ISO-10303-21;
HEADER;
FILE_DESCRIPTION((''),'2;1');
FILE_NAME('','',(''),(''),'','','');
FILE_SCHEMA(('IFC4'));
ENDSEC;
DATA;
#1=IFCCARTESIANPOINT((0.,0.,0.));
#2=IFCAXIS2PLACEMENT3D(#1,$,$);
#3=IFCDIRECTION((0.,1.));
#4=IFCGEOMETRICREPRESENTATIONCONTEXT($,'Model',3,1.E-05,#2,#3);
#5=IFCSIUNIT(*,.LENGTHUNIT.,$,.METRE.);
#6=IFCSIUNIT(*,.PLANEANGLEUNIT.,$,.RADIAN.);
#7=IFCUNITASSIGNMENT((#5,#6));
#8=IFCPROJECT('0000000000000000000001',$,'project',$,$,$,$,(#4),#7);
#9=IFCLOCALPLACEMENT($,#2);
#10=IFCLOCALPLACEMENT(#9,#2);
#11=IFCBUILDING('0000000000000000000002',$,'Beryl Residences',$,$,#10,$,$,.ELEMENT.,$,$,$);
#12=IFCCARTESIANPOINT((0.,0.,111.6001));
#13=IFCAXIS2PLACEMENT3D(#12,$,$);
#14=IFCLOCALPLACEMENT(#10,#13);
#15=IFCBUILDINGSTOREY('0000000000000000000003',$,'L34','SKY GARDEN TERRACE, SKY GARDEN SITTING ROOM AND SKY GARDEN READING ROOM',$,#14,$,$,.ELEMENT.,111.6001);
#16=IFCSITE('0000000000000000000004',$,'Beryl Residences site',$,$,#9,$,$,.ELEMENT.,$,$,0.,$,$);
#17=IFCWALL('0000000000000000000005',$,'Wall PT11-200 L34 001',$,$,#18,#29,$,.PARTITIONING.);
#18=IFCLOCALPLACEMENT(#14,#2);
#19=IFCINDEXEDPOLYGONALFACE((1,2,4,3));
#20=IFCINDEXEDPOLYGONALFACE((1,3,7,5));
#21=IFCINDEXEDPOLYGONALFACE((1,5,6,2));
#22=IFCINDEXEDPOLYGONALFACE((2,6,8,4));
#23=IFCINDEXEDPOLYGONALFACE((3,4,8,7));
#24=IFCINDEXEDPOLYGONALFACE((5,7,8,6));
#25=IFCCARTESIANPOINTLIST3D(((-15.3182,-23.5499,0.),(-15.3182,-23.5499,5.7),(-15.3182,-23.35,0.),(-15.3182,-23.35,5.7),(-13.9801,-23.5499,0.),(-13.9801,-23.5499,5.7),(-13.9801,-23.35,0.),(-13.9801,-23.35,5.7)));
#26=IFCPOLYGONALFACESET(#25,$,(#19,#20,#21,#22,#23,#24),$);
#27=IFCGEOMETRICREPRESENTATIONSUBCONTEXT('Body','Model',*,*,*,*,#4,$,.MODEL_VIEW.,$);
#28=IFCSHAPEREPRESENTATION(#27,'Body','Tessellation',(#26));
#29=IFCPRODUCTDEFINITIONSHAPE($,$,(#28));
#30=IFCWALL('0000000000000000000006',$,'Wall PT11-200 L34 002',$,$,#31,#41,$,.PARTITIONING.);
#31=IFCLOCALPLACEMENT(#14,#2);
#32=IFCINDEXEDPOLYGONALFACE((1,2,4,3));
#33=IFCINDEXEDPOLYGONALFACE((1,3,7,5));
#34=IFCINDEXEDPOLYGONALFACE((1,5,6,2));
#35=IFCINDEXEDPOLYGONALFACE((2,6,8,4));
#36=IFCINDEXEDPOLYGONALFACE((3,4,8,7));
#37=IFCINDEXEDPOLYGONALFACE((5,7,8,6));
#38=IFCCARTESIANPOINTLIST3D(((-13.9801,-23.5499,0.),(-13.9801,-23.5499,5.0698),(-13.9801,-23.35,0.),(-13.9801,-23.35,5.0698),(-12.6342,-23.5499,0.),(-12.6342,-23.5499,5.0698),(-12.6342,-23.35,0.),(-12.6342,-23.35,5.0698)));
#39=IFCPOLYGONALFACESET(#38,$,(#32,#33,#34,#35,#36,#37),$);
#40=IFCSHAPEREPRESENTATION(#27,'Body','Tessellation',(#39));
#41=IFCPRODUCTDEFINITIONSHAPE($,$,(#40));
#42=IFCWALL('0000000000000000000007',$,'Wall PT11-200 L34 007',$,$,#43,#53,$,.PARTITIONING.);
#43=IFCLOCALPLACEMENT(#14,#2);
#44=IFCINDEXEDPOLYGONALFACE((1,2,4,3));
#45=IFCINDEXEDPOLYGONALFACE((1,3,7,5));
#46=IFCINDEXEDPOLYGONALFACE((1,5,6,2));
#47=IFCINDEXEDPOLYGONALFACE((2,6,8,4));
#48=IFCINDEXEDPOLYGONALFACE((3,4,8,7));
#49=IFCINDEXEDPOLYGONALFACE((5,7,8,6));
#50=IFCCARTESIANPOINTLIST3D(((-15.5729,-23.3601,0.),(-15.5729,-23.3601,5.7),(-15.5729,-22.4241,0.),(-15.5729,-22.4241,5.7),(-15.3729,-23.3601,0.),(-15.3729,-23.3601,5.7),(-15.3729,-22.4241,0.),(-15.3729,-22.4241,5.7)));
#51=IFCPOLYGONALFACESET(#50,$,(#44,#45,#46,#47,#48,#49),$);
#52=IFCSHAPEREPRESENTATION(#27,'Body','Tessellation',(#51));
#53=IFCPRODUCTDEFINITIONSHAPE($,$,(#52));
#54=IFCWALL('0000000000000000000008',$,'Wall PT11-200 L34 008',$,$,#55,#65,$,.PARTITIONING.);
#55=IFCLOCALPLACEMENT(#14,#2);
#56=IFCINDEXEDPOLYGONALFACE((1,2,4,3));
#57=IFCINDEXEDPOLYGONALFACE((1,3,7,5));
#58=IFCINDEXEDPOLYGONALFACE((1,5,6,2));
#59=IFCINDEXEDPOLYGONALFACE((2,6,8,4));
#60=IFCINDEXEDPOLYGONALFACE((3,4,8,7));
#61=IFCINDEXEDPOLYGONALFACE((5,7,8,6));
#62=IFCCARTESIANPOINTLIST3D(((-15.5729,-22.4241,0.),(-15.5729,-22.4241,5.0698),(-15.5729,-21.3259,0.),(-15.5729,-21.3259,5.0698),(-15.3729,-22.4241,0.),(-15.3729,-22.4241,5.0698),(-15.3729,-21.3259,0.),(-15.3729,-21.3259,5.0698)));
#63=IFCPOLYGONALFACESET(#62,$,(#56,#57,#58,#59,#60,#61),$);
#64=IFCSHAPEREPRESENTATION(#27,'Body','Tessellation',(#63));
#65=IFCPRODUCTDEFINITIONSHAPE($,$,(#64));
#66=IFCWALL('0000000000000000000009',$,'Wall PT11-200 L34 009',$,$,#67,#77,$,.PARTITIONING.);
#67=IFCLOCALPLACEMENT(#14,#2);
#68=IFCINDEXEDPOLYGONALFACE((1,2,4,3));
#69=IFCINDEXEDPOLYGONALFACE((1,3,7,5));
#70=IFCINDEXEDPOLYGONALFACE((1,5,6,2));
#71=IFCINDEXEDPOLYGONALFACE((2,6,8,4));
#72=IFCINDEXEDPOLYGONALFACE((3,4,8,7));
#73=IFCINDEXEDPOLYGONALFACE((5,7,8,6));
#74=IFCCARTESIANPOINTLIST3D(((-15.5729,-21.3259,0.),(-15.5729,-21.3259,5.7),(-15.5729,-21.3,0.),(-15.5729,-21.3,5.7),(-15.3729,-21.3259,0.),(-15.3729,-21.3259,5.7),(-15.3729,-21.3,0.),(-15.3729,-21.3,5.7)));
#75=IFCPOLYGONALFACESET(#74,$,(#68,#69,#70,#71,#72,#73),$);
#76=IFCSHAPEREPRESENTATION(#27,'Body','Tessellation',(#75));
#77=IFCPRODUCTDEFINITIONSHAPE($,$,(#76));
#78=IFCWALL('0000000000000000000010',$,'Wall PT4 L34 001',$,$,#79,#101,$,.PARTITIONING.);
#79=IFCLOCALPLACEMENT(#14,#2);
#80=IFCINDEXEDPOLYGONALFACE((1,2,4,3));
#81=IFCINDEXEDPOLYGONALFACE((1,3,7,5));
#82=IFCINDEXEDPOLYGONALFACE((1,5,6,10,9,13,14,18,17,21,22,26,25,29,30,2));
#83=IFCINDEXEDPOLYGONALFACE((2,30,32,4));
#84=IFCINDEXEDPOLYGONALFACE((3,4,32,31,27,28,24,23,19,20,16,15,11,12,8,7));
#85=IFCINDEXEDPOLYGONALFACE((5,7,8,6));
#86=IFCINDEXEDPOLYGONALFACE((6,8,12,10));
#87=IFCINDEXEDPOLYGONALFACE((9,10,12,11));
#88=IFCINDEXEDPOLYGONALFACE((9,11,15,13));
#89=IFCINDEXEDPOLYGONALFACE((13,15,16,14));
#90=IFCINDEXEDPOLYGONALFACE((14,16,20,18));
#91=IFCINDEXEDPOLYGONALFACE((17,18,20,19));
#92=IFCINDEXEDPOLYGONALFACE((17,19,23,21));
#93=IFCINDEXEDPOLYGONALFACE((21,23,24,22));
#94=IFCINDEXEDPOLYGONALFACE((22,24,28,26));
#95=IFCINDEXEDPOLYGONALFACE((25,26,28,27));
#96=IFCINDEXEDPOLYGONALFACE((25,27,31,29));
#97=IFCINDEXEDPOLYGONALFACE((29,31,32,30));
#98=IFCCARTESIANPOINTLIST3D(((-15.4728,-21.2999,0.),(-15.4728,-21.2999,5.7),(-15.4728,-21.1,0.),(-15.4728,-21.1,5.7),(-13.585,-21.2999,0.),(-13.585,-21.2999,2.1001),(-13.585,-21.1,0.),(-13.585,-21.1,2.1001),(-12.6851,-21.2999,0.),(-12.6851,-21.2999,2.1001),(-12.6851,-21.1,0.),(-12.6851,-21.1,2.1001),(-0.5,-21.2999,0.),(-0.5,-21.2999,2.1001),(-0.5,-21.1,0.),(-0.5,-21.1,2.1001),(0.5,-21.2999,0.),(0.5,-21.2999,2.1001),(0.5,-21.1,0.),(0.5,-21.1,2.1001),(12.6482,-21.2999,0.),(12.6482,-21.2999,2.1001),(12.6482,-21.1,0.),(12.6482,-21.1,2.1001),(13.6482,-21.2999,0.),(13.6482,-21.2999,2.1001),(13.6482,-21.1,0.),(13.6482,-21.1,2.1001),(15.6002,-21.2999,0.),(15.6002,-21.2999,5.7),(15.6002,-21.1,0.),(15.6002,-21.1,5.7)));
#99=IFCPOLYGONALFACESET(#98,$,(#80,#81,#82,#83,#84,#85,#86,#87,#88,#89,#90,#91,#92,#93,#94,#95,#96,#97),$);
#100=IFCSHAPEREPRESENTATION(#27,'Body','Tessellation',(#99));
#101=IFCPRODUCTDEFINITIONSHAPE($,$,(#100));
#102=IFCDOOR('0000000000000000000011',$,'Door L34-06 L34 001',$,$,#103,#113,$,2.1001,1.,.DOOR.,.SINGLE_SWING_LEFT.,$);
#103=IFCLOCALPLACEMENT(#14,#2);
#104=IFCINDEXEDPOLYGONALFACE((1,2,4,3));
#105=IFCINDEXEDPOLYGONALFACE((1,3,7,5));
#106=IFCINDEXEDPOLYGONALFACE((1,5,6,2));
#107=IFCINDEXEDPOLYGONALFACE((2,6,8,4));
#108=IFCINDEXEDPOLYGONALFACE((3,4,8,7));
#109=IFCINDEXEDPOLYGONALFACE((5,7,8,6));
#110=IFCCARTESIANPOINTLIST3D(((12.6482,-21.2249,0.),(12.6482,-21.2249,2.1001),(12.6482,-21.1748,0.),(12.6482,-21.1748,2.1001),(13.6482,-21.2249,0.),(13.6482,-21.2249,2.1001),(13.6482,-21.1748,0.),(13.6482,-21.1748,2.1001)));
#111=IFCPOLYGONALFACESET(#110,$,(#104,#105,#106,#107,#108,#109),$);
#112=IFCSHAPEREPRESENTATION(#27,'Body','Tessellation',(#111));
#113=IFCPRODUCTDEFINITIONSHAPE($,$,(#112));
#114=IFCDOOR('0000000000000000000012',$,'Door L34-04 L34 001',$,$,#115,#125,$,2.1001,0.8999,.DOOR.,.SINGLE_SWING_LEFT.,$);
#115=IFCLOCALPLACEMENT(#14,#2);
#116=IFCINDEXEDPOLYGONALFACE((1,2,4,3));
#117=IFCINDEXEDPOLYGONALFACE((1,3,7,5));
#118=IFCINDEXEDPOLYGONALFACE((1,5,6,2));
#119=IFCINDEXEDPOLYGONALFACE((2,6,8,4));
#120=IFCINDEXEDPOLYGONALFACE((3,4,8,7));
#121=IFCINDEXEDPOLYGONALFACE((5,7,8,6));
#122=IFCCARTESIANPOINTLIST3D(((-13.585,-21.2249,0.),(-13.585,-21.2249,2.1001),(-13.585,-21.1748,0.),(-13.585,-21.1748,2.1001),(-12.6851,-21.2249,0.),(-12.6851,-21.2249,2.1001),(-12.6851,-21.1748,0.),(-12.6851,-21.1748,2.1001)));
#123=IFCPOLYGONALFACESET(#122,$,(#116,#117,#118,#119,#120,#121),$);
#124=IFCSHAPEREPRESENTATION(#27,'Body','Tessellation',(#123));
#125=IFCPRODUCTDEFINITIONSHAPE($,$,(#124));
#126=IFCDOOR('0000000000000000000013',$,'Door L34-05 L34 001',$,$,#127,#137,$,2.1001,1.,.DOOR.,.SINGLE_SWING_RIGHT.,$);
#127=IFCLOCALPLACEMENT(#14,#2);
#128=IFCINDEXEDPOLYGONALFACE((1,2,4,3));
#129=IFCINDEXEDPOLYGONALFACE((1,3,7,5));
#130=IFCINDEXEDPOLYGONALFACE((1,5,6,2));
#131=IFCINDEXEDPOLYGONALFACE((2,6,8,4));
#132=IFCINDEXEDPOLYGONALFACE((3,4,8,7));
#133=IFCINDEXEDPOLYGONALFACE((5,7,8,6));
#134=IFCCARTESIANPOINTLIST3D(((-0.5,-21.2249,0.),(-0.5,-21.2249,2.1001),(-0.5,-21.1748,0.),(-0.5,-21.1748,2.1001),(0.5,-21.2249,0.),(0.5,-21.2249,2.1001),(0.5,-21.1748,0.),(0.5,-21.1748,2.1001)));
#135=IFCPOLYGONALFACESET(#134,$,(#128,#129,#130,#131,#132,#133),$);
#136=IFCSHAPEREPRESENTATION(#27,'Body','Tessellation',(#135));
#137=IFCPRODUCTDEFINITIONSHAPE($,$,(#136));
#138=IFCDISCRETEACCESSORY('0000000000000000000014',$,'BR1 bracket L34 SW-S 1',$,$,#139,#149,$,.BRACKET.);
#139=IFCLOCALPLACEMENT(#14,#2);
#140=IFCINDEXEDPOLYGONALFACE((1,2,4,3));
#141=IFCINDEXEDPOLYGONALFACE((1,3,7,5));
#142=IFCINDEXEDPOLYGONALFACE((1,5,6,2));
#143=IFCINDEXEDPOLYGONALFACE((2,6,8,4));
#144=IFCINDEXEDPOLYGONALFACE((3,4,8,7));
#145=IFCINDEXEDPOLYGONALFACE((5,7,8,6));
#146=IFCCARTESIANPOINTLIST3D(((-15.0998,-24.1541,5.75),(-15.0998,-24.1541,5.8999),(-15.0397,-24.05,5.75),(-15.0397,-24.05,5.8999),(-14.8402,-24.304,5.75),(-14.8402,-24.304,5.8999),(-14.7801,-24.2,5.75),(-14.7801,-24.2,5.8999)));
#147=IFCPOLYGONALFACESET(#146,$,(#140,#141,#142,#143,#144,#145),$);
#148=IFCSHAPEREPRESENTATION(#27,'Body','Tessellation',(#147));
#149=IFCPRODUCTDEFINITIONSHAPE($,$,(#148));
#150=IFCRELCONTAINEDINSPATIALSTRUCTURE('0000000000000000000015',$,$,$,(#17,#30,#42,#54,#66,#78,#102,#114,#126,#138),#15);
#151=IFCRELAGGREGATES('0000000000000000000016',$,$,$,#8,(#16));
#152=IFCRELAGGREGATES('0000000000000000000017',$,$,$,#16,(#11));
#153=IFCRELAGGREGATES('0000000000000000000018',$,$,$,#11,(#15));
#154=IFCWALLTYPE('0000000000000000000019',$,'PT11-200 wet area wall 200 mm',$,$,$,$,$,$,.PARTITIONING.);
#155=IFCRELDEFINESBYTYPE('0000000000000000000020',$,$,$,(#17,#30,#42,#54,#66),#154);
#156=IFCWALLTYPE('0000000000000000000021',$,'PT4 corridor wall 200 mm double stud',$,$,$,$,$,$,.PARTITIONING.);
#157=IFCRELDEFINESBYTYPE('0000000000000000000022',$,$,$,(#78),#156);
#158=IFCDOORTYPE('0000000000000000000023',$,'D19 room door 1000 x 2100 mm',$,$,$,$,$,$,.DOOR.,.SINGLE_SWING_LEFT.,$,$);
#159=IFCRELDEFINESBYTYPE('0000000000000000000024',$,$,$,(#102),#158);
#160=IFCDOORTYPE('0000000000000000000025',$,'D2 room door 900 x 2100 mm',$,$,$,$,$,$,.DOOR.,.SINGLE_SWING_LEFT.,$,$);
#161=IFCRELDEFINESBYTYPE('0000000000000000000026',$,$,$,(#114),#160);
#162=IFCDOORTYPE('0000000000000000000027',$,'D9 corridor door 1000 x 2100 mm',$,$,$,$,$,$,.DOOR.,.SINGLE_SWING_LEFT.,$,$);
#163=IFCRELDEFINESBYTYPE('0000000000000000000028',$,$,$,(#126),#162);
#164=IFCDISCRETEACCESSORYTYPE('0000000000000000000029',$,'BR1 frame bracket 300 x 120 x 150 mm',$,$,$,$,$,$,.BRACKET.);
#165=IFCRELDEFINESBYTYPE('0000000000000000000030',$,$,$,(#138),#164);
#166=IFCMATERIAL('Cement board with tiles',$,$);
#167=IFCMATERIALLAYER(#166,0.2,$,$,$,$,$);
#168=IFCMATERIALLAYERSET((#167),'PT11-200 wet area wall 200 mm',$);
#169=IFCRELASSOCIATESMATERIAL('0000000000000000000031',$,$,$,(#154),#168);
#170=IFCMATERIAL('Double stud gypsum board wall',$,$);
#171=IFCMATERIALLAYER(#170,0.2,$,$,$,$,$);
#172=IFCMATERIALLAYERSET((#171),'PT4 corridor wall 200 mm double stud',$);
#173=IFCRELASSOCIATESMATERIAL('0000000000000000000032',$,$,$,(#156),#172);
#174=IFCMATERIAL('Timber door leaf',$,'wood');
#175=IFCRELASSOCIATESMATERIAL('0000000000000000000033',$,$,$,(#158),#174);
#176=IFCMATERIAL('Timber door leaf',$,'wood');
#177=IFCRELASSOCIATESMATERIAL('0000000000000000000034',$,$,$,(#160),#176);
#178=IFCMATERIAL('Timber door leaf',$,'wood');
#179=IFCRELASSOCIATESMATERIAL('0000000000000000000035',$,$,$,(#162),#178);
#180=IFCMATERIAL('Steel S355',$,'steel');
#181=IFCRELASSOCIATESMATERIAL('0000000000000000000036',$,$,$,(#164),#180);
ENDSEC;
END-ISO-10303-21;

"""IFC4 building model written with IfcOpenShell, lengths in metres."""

from ifc_helpers import new_model, si_unit, direction, frame, frame_2d, origin, place, context, subcontext, project, spatial, polyline, rectangle, outline, extrude, source, transform, mapped, material, layer, layer_set, type_object, type_shapes, element, fill, save


model = new_model("IFC4")

# Units and contexts
model_context = context("Model", 3, precision=1e-05, world=origin(), true_north=direction((0.0, 1.0)))
body_context = subcontext(model_context, "Body", "Model", "MODEL_VIEW")
ifc_project = project(units=[si_unit("LENGTHUNIT", "METRE"), si_unit("PLANEANGLEUNIT", "RADIAN")], contexts=[model_context])

# Site, building, storey
site_placement = place(None, origin())
site = spatial("IfcSite", under=ifc_project, at=site_placement, Name="Beryl Residences site", CompositionType="ELEMENT", RefElevation=0.0)
building_placement = place(site_placement, origin())
building = spatial("IfcBuilding", under=site, at=building_placement, Name="Beryl Residences", CompositionType="ELEMENT")
storey_placement = place(building_placement, frame((0.0, 0.0, 111.6001)))
storey = spatial("IfcBuildingStorey", under=building, at=storey_placement, Name="L34", Description="SKY GARDEN TERRACE, SKY GARDEN SITTING ROOM AND SKY GARDEN READING ROOM", CompositionType="ELEMENT", Elevation=111.6001)

# Walls
ifc_material_1 = material(Name="Cement board with tiles")
ifc_layer_1 = layer(ifc_material_1, 0.2)
ifc_layer_set_1 = layer_set([ifc_layer_1], Name="PT11-200 wet area wall 200 mm")
wall_type_1 = type_object("IfcWallType", Name="PT11-200 wet area wall 200 mm", PredefinedType="PARTITIONING", material=ifc_layer_set_1)
wall_1_placement = place(storey_placement, frame((-15.3181, -23.45, 0.0), z_axis=(0.0, 0.0, 1.0), x_axis=(1.0, 0.0, 0.0)))
element("IfcWall", 1, at=wall_1_placement, inside=storey, type_object=wall_type_1, Name="Wall PT11-200 L34 001", PredefinedType="PARTITIONING", context=body_context, shape_type="SweptSolid", body=[
    extrude(rectangle(XDim=1.3381, YDim=0.2, at=frame_2d((0.6689, 0.0))), origin(), (0.0, 0.0, 1.0), 5.7),
])
wall_2_placement = place(storey_placement, frame((-13.98, -23.45, 0.0), z_axis=(0.0, 0.0, 1.0), x_axis=(1.0, 0.0, 0.0)))
element("IfcWall", 2, at=wall_2_placement, inside=storey, type_object=wall_type_1, Name="Wall PT11-200 L34 002", PredefinedType="PARTITIONING", context=body_context, shape_type="SweptSolid", body=[
    extrude(rectangle(XDim=1.3459, YDim=0.2, at=frame_2d((0.6729, 0.0))), origin(), (0.0, 0.0, 1.0), 5.0698),
])
wall_3_placement = place(storey_placement, frame((-15.4729, -23.3601, 0.0), z_axis=(0.0, 0.0, 1.0), x_axis=(0.0, 1.0, 0.0)))
element("IfcWall", 3, at=wall_3_placement, inside=storey, type_object=wall_type_1, Name="Wall PT11-200 L34 007", PredefinedType="PARTITIONING", context=body_context, shape_type="SweptSolid", body=[
    extrude(rectangle(XDim=0.936, YDim=0.2, at=frame_2d((0.468, 0.0))), origin(), (0.0, 0.0, 1.0), 5.7),
])
wall_4_placement = place(storey_placement, frame((-15.4729, -22.4241, 0.0), z_axis=(0.0, 0.0, 1.0), x_axis=(0.0, 1.0, 0.0)))
element("IfcWall", 4, at=wall_4_placement, inside=storey, type_object=wall_type_1, Name="Wall PT11-200 L34 008", PredefinedType="PARTITIONING", context=body_context, shape_type="SweptSolid", body=[
    extrude(rectangle(XDim=1.0981, YDim=0.2, at=frame_2d((0.5491, 0.0))), origin(), (0.0, 0.0, 1.0), 5.0698),
])
wall_5_placement = place(storey_placement, frame((-15.4729, -21.3259, 0.0), z_axis=(0.0, 0.0, 1.0), x_axis=(0.0, 1.0, 0.0)))
element("IfcWall", 5, at=wall_5_placement, inside=storey, type_object=wall_type_1, Name="Wall PT11-200 L34 009", PredefinedType="PARTITIONING", context=body_context, shape_type="SweptSolid", body=[
    extrude(rectangle(XDim=0.0259, YDim=0.2, at=frame_2d((0.0129, 0.0))), origin(), (0.0, 0.0, 1.0), 5.7),
])

# Wall, openings, doors
ifc_material_2 = material(Name="Double stud gypsum board wall")
ifc_layer_2 = layer(ifc_material_2, 0.2)
ifc_layer_set_2 = layer_set([ifc_layer_2], Name="PT4 corridor wall 200 mm double stud")
wall_type_2 = type_object("IfcWallType", Name="PT4 corridor wall 200 mm double stud", PredefinedType="PARTITIONING", material=ifc_layer_set_2)
wall_6_placement = place(storey_placement, frame((-15.4729, -21.2, 0.0), z_axis=(0.0, 0.0, 1.0), x_axis=(1.0, 0.0, 0.0)))
wall_6 = element("IfcWall", 6, at=wall_6_placement, inside=storey, type_object=wall_type_2, Name="Wall PT4 L34 001", PredefinedType="PARTITIONING", context=body_context, shape_type="SweptSolid", body=[
    extrude(rectangle(XDim=31.073, YDim=0.2, at=frame_2d((15.5366, 0.0))), origin(), (0.0, 0.0, 1.0), 5.7),
])
opening_1_placement = place(wall_6_placement, frame((2.7878, 0.0, 0.0), z_axis=(0.0, 0.0, 1.0), x_axis=(-1.0, 0.0, 0.0)))
opening_1 = element("IfcOpeningElement", 7, at=opening_1_placement, cuts=wall_6, PredefinedType="OPENING", context=body_context, shape_type="SweptSolid", body=[
    extrude(rectangle(XDim=0.8999, YDim=2.1001, at=frame_2d((0.45, 1.05))), frame((0.0, 0.1099, 0.0), z_axis=(0.0, -1.0, 0.0), x_axis=(1.0, 0.0, 0.0)), (0.0, 0.0, 1.0), 0.22),
])
opening_2_placement = place(wall_6_placement, frame((15.9729, 0.0, 0.0), z_axis=(0.0, 0.0, 1.0), x_axis=(-1.0, 0.0, 0.0)))
opening_2 = element("IfcOpeningElement", 8, at=opening_2_placement, cuts=wall_6, PredefinedType="OPENING", context=body_context, shape_type="SweptSolid", body=[
    extrude(rectangle(XDim=1.0, YDim=2.1001, at=frame_2d((0.5, 1.05))), frame((0.0, 0.1099, 0.0), z_axis=(0.0, -1.0, 0.0), x_axis=(1.0, 0.0, 0.0)), (0.0, 0.0, 1.0), 0.22),
])
opening_3_placement = place(wall_6_placement, frame((29.1211, 0.0, 0.0), z_axis=(0.0, 0.0, 1.0), x_axis=(-1.0, 0.0, 0.0)))
opening_3 = element("IfcOpeningElement", 9, at=opening_3_placement, cuts=wall_6, PredefinedType="OPENING", context=body_context, shape_type="SweptSolid", body=[
    extrude(rectangle(XDim=1.0, YDim=2.1001, at=frame_2d((0.5, 1.05))), frame((0.0, 0.1099, 0.0), z_axis=(0.0, -1.0, 0.0), x_axis=(1.0, 0.0, 0.0)), (0.0, 0.0, 1.0), 0.22),
])
ifc_material_3 = material(Name="Timber door leaf", Category="wood")
door_type_1 = type_object("IfcDoorType", Name="D19 room door 1000 x 2100 mm", OperationType="SINGLE_SWING_LEFT", PredefinedType="DOOR", material=ifc_material_3)
door_1_placement = place(opening_3_placement, origin())
door_1 = element("IfcDoor", 10, at=door_1_placement, inside=storey, type_object=door_type_1, Name="Door L34-06 L34 001", OperationType="SINGLE_SWING_LEFT", OverallHeight=2.1001, OverallWidth=1.0, PredefinedType="DOOR", context=body_context, shape_type="SweptSolid", body=[
    extrude(rectangle(XDim=1.0, YDim=2.1001, at=frame_2d((0.5, 1.05))), frame((0.0, 0.0249, 0.0), z_axis=(0.0, -1.0, 0.0), x_axis=(1.0, 0.0, 0.0)), (0.0, 0.0, 1.0), 0.05),
])
fill(opening_3, door_1)
ifc_material_4 = material(Name="Timber door leaf", Category="wood")
door_type_2 = type_object("IfcDoorType", Name="D2 room door 900 x 2100 mm", OperationType="SINGLE_SWING_LEFT", PredefinedType="DOOR", material=ifc_material_4)
door_2_placement = place(opening_1_placement, origin())
door_2 = element("IfcDoor", 11, at=door_2_placement, inside=storey, type_object=door_type_2, Name="Door L34-04 L34 001", OperationType="SINGLE_SWING_LEFT", OverallHeight=2.1001, OverallWidth=0.8999, PredefinedType="DOOR", context=body_context, shape_type="SweptSolid", body=[
    extrude(rectangle(XDim=0.8999, YDim=2.1001, at=frame_2d((0.45, 1.05))), frame((0.0, 0.0249, 0.0), z_axis=(0.0, -1.0, 0.0), x_axis=(1.0, 0.0, 0.0)), (0.0, 0.0, 1.0), 0.05),
])
fill(opening_1, door_2)
ifc_material_5 = material(Name="Timber door leaf", Category="wood")
door_type_3 = type_object("IfcDoorType", Name="D9 corridor door 1000 x 2100 mm", OperationType="SINGLE_SWING_LEFT", PredefinedType="DOOR", material=ifc_material_5)
door_3_placement = place(opening_2_placement, origin())
door_3 = element("IfcDoor", 12, at=door_3_placement, inside=storey, type_object=door_type_3, Name="Door L34-05 L34 001", OperationType="SINGLE_SWING_RIGHT", OverallHeight=2.1001, OverallWidth=1.0, PredefinedType="DOOR", context=body_context, shape_type="SweptSolid", body=[
    extrude(rectangle(XDim=1.0, YDim=2.1001, at=frame_2d((0.5, 1.05))), frame((0.0, 0.0249, 0.0), z_axis=(0.0, -1.0, 0.0), x_axis=(1.0, 0.0, 0.0)), (0.0, 0.0, 1.0), 0.05),
])
fill(opening_2, door_3)

# Discrete accessory
ifc_material_6 = material(Name="Steel S355", Category="steel")
discrete_accessory_type = type_object("IfcDiscreteAccessoryType", Name="BR1 frame bracket 300 x 120 x 150 mm", PredefinedType="BRACKET", material=ifc_material_6)
shared_shape_1 = source(origin(), body_context, "Body", "SweptSolid", [
    extrude(outline(polyline([(-0.1499, 0.0), (0.1499, 0.0), (0.1499, 0.1201), (-0.1499, 0.1201), (-0.1499, 0.0)])), origin(), (0.0, 0.0, 1.0), 0.1499),
])
type_shapes(discrete_accessory_type, [shared_shape_1])
discrete_accessory_placement = place(storey_placement, frame((-14.9099, -24.125, 5.75), z_axis=(0.0, 0.0, 1.0), x_axis=(-0.866025, 0.5, 0.0)))
element("IfcDiscreteAccessory", 13, at=discrete_accessory_placement, inside=storey, type_object=discrete_accessory_type, Name="BR1 bracket L34 SW-S 1", PredefinedType="BRACKET", context=body_context, shape_type="MappedRepresentation", body=[
    mapped(shared_shape_1, transform((0.0, 0.0, 0.0))),
])

save(model, "model.ifc")
